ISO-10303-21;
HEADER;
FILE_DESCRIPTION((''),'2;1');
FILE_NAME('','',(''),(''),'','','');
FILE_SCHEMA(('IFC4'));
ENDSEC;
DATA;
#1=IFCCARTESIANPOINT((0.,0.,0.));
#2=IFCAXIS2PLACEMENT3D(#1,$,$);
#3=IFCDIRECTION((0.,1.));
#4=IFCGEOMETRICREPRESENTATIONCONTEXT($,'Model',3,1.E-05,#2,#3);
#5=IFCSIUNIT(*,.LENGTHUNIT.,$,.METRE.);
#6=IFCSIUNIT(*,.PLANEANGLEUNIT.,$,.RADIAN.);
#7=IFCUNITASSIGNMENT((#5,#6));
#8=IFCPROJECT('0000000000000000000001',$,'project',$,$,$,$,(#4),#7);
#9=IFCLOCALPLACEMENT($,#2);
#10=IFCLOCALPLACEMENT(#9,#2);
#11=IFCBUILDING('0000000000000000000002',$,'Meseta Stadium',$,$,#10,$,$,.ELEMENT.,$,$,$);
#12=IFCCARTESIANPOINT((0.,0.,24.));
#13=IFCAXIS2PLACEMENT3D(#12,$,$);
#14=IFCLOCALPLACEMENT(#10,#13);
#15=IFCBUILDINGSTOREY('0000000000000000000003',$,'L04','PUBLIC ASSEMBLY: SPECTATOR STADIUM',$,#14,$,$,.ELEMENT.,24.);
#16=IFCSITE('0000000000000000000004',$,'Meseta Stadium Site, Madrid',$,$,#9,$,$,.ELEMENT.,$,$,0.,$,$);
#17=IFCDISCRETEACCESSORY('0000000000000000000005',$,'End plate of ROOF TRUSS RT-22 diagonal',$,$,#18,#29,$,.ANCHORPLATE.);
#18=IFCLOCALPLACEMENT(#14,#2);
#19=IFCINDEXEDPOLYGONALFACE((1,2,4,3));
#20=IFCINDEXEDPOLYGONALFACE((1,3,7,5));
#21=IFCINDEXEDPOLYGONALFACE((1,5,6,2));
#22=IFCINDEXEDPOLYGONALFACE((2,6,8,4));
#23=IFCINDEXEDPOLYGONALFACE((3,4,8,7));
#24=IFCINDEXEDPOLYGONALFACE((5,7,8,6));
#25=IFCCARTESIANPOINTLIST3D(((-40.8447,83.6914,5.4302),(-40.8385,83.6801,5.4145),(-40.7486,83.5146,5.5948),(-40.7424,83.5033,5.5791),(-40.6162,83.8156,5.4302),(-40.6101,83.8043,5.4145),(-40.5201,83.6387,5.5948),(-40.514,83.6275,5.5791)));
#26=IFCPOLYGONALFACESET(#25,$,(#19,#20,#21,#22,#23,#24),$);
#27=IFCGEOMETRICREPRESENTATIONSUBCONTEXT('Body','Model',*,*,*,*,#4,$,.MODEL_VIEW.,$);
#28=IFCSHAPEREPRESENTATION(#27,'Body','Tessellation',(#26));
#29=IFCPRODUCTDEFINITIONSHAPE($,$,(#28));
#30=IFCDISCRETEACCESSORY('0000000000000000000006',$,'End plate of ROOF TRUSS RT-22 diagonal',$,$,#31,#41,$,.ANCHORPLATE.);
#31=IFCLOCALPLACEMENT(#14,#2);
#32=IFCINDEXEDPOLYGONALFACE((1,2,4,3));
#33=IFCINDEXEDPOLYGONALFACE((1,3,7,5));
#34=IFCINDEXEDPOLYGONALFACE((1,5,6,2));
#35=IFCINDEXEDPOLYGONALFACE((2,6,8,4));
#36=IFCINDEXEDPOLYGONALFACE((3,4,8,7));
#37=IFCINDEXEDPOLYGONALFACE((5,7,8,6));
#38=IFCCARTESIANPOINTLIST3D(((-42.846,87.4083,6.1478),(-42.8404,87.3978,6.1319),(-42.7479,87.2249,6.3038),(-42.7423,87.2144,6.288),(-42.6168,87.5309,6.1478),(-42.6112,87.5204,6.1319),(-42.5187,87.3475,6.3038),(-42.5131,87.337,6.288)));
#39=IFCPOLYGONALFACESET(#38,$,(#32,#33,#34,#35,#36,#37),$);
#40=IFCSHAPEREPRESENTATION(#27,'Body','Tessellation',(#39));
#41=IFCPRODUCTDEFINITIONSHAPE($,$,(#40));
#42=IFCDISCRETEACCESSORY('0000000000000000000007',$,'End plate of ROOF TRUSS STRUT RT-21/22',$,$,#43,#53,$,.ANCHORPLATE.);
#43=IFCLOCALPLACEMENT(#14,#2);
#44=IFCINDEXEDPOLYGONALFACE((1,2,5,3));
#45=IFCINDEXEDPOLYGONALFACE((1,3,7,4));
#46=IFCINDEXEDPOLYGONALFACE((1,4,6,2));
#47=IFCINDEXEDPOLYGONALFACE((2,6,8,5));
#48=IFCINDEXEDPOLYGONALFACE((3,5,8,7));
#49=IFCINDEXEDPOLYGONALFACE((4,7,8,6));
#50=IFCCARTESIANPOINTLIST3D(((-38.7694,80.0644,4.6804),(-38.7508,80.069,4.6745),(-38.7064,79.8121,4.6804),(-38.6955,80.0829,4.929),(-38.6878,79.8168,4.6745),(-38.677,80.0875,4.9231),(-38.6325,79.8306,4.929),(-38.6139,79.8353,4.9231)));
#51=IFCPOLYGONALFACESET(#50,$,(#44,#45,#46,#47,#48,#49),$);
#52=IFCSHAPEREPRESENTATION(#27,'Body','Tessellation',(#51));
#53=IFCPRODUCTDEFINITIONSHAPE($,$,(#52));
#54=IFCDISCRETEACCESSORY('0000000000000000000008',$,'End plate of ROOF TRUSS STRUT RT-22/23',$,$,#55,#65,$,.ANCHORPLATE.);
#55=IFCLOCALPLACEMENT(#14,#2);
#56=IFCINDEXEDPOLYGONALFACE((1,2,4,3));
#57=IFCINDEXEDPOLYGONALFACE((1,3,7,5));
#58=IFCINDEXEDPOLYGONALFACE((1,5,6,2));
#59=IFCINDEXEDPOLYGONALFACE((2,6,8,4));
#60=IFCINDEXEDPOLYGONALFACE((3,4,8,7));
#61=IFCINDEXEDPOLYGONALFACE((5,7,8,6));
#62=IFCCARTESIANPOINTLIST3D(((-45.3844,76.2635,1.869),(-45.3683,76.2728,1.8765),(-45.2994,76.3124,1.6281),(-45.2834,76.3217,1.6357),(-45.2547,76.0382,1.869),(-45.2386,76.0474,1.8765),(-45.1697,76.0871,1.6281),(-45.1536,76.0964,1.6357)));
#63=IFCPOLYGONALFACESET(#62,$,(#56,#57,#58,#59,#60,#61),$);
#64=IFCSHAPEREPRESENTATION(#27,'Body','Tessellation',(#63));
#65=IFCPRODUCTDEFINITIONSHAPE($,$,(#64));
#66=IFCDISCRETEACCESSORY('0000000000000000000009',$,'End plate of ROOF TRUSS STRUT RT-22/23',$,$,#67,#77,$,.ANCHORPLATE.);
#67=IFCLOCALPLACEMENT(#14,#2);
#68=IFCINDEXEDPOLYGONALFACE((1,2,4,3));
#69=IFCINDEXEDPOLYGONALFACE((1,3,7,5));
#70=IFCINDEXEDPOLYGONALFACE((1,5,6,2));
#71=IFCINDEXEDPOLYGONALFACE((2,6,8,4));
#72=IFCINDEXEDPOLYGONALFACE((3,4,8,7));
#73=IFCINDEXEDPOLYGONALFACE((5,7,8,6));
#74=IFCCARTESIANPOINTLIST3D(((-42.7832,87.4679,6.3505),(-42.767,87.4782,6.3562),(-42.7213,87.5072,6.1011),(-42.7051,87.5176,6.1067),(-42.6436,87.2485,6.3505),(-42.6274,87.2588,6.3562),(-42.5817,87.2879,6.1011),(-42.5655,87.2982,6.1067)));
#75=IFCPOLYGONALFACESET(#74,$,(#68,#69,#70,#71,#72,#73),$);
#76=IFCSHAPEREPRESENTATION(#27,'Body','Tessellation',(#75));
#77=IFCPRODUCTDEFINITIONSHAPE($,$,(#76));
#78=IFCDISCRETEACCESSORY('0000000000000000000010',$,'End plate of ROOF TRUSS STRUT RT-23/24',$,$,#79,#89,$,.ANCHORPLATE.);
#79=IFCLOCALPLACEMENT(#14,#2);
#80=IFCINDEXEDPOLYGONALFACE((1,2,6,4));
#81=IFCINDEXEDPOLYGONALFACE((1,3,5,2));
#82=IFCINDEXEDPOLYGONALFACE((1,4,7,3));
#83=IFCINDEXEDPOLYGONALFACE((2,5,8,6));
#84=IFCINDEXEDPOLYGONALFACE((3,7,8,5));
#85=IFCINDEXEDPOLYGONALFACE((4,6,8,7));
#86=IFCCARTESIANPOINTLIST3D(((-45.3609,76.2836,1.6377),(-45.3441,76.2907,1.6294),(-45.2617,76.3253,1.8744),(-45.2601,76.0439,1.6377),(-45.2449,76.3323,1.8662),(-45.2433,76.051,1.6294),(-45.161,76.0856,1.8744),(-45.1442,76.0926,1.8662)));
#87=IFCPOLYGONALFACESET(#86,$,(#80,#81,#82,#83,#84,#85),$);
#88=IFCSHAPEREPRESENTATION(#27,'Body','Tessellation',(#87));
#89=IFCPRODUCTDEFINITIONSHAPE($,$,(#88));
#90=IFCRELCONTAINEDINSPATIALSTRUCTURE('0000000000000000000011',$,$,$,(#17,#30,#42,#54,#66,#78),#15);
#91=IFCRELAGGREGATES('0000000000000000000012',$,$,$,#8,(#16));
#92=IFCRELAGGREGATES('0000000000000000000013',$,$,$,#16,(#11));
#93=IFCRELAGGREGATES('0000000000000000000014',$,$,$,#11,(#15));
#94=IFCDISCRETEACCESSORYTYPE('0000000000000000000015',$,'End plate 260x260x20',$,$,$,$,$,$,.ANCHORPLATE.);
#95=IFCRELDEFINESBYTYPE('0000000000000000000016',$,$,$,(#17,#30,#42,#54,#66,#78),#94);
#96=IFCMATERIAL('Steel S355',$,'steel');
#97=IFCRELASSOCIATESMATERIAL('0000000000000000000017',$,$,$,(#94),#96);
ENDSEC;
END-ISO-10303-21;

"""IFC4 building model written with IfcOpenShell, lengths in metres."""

from ifc_helpers import new_model, si_unit, direction, frame, origin, origin_2d, place, context, subcontext, project, spatial, rectangle, extrude, material, material_profile, profile_set, type_object, element, save


model = new_model("IFC4")

# Units and contexts
model_context = context("Model", 3, precision=1e-05, world=origin(), true_north=direction((0.0, 1.0)))
body_context = subcontext(model_context, "Body", "Model", "MODEL_VIEW")
ifc_project = project(units=[si_unit("LENGTHUNIT", "METRE"), si_unit("PLANEANGLEUNIT", "RADIAN")], contexts=[model_context])

# Site, building, storey
site_placement = place(None, origin())
site = spatial("IfcSite", under=ifc_project, at=site_placement, Name="Meseta Stadium Site, Madrid", CompositionType="ELEMENT", RefElevation=0.0)
building_placement = place(site_placement, origin())
building = spatial("IfcBuilding", under=site, at=building_placement, Name="Meseta Stadium", CompositionType="ELEMENT")
storey_placement = place(building_placement, frame((0.0, 0.0, 24.0)))
storey = spatial("IfcBuildingStorey", under=building, at=storey_placement, Name="L04", Description="PUBLIC ASSEMBLY: SPECTATOR STADIUM", CompositionType="ELEMENT", Elevation=24.0)

# Discrete accessories
ifc_material_1 = material(Name="Steel S355", Category="steel")
ifc_material_profile_1 = material_profile(ifc_material_1, rectangle(XDim=0.26, YDim=0.26, at=origin_2d()), Name="PL 260x260")
ifc_profile_set_1 = profile_set([ifc_material_profile_1], Name="Steel S355")
discrete_accessory_type_1 = type_object("IfcDiscreteAccessoryType", Name="End plate 260x260x20", PredefinedType="ANCHORPLATE", material=ifc_profile_set_1)
discrete_accessory_1_placement = place(storey_placement, frame((-40.6763, 83.6538, 5.4968), z_axis=(-0.302348, 0.55632, 0.774011), x_axis=(-0.878625, -0.477513, 0.0)))
element("IfcDiscreteAccessory", 1, at=discrete_accessory_1_placement, inside=storey, type_object=discrete_accessory_type_1, Name="End plate of ROOF TRUSS RT-22 diagonal", PredefinedType="ANCHORPLATE", context=body_context, shape_type="SweptSolid", body=[
    extrude(rectangle(XDim=0.26, YDim=0.26, at=origin_2d()), origin(), (0.0, 0.0, 1.0), 0.0203),
])
discrete_accessory_2_placement = place(storey_placement, frame((-42.6768, 87.3674, 6.21), z_axis=(-0.283046, 0.529173, 0.799913), x_axis=(-0.881785, -0.471652, 0.0)))
element("IfcDiscreteAccessory", 2, at=discrete_accessory_2_placement, inside=storey, type_object=discrete_accessory_type_1, Name="End plate of ROOF TRUSS RT-22 diagonal", PredefinedType="ANCHORPLATE", context=body_context, shape_type="SweptSolid", body=[
    extrude(rectangle(XDim=0.26, YDim=0.26, at=origin_2d()), origin(), (0.0, 0.0, 1.0), 0.0198),
])
for number, where, z_axis, x_axis, name in (
    (3, (-38.6824, 79.9521, 4.7988), (-0.927588, -0.231897, 0.292923), (0.242536, -0.970143, 0.0), "End plate of ROOF TRUSS STRUT RT-21/22"),
    (4, (-45.261, 76.1846, 1.7561), (-0.802673, -0.462145, -0.377013), (0.498964, -0.866622, 0.0), "End plate of ROOF TRUSS STRUT RT-22/23"),
    (5, (-42.6663, 87.3882, 6.2314), (-0.809405, -0.515076, -0.282065), (0.536875, -0.843661, 0.0), "End plate of ROOF TRUSS STRUT RT-22/23"),
    (6, (-45.2441, 76.1917, 1.7478), (-0.839344, -0.352768, 0.41359), (0.38746, -0.921887, 0.0), "End plate of ROOF TRUSS STRUT RT-23/24"),
):
    element("IfcDiscreteAccessory", number, at=place(storey_placement, frame(where, z_axis=z_axis, x_axis=x_axis)), inside=storey, type_object=discrete_accessory_type_1, Name=name, PredefinedType="ANCHORPLATE", context=body_context, shape_type="SweptSolid", body=[
        extrude(rectangle(XDim=0.26, YDim=0.26, at=origin_2d()), origin(), (0.0, 0.0, 1.0), 0.02),
    ])

save(model, "model.ifc")
